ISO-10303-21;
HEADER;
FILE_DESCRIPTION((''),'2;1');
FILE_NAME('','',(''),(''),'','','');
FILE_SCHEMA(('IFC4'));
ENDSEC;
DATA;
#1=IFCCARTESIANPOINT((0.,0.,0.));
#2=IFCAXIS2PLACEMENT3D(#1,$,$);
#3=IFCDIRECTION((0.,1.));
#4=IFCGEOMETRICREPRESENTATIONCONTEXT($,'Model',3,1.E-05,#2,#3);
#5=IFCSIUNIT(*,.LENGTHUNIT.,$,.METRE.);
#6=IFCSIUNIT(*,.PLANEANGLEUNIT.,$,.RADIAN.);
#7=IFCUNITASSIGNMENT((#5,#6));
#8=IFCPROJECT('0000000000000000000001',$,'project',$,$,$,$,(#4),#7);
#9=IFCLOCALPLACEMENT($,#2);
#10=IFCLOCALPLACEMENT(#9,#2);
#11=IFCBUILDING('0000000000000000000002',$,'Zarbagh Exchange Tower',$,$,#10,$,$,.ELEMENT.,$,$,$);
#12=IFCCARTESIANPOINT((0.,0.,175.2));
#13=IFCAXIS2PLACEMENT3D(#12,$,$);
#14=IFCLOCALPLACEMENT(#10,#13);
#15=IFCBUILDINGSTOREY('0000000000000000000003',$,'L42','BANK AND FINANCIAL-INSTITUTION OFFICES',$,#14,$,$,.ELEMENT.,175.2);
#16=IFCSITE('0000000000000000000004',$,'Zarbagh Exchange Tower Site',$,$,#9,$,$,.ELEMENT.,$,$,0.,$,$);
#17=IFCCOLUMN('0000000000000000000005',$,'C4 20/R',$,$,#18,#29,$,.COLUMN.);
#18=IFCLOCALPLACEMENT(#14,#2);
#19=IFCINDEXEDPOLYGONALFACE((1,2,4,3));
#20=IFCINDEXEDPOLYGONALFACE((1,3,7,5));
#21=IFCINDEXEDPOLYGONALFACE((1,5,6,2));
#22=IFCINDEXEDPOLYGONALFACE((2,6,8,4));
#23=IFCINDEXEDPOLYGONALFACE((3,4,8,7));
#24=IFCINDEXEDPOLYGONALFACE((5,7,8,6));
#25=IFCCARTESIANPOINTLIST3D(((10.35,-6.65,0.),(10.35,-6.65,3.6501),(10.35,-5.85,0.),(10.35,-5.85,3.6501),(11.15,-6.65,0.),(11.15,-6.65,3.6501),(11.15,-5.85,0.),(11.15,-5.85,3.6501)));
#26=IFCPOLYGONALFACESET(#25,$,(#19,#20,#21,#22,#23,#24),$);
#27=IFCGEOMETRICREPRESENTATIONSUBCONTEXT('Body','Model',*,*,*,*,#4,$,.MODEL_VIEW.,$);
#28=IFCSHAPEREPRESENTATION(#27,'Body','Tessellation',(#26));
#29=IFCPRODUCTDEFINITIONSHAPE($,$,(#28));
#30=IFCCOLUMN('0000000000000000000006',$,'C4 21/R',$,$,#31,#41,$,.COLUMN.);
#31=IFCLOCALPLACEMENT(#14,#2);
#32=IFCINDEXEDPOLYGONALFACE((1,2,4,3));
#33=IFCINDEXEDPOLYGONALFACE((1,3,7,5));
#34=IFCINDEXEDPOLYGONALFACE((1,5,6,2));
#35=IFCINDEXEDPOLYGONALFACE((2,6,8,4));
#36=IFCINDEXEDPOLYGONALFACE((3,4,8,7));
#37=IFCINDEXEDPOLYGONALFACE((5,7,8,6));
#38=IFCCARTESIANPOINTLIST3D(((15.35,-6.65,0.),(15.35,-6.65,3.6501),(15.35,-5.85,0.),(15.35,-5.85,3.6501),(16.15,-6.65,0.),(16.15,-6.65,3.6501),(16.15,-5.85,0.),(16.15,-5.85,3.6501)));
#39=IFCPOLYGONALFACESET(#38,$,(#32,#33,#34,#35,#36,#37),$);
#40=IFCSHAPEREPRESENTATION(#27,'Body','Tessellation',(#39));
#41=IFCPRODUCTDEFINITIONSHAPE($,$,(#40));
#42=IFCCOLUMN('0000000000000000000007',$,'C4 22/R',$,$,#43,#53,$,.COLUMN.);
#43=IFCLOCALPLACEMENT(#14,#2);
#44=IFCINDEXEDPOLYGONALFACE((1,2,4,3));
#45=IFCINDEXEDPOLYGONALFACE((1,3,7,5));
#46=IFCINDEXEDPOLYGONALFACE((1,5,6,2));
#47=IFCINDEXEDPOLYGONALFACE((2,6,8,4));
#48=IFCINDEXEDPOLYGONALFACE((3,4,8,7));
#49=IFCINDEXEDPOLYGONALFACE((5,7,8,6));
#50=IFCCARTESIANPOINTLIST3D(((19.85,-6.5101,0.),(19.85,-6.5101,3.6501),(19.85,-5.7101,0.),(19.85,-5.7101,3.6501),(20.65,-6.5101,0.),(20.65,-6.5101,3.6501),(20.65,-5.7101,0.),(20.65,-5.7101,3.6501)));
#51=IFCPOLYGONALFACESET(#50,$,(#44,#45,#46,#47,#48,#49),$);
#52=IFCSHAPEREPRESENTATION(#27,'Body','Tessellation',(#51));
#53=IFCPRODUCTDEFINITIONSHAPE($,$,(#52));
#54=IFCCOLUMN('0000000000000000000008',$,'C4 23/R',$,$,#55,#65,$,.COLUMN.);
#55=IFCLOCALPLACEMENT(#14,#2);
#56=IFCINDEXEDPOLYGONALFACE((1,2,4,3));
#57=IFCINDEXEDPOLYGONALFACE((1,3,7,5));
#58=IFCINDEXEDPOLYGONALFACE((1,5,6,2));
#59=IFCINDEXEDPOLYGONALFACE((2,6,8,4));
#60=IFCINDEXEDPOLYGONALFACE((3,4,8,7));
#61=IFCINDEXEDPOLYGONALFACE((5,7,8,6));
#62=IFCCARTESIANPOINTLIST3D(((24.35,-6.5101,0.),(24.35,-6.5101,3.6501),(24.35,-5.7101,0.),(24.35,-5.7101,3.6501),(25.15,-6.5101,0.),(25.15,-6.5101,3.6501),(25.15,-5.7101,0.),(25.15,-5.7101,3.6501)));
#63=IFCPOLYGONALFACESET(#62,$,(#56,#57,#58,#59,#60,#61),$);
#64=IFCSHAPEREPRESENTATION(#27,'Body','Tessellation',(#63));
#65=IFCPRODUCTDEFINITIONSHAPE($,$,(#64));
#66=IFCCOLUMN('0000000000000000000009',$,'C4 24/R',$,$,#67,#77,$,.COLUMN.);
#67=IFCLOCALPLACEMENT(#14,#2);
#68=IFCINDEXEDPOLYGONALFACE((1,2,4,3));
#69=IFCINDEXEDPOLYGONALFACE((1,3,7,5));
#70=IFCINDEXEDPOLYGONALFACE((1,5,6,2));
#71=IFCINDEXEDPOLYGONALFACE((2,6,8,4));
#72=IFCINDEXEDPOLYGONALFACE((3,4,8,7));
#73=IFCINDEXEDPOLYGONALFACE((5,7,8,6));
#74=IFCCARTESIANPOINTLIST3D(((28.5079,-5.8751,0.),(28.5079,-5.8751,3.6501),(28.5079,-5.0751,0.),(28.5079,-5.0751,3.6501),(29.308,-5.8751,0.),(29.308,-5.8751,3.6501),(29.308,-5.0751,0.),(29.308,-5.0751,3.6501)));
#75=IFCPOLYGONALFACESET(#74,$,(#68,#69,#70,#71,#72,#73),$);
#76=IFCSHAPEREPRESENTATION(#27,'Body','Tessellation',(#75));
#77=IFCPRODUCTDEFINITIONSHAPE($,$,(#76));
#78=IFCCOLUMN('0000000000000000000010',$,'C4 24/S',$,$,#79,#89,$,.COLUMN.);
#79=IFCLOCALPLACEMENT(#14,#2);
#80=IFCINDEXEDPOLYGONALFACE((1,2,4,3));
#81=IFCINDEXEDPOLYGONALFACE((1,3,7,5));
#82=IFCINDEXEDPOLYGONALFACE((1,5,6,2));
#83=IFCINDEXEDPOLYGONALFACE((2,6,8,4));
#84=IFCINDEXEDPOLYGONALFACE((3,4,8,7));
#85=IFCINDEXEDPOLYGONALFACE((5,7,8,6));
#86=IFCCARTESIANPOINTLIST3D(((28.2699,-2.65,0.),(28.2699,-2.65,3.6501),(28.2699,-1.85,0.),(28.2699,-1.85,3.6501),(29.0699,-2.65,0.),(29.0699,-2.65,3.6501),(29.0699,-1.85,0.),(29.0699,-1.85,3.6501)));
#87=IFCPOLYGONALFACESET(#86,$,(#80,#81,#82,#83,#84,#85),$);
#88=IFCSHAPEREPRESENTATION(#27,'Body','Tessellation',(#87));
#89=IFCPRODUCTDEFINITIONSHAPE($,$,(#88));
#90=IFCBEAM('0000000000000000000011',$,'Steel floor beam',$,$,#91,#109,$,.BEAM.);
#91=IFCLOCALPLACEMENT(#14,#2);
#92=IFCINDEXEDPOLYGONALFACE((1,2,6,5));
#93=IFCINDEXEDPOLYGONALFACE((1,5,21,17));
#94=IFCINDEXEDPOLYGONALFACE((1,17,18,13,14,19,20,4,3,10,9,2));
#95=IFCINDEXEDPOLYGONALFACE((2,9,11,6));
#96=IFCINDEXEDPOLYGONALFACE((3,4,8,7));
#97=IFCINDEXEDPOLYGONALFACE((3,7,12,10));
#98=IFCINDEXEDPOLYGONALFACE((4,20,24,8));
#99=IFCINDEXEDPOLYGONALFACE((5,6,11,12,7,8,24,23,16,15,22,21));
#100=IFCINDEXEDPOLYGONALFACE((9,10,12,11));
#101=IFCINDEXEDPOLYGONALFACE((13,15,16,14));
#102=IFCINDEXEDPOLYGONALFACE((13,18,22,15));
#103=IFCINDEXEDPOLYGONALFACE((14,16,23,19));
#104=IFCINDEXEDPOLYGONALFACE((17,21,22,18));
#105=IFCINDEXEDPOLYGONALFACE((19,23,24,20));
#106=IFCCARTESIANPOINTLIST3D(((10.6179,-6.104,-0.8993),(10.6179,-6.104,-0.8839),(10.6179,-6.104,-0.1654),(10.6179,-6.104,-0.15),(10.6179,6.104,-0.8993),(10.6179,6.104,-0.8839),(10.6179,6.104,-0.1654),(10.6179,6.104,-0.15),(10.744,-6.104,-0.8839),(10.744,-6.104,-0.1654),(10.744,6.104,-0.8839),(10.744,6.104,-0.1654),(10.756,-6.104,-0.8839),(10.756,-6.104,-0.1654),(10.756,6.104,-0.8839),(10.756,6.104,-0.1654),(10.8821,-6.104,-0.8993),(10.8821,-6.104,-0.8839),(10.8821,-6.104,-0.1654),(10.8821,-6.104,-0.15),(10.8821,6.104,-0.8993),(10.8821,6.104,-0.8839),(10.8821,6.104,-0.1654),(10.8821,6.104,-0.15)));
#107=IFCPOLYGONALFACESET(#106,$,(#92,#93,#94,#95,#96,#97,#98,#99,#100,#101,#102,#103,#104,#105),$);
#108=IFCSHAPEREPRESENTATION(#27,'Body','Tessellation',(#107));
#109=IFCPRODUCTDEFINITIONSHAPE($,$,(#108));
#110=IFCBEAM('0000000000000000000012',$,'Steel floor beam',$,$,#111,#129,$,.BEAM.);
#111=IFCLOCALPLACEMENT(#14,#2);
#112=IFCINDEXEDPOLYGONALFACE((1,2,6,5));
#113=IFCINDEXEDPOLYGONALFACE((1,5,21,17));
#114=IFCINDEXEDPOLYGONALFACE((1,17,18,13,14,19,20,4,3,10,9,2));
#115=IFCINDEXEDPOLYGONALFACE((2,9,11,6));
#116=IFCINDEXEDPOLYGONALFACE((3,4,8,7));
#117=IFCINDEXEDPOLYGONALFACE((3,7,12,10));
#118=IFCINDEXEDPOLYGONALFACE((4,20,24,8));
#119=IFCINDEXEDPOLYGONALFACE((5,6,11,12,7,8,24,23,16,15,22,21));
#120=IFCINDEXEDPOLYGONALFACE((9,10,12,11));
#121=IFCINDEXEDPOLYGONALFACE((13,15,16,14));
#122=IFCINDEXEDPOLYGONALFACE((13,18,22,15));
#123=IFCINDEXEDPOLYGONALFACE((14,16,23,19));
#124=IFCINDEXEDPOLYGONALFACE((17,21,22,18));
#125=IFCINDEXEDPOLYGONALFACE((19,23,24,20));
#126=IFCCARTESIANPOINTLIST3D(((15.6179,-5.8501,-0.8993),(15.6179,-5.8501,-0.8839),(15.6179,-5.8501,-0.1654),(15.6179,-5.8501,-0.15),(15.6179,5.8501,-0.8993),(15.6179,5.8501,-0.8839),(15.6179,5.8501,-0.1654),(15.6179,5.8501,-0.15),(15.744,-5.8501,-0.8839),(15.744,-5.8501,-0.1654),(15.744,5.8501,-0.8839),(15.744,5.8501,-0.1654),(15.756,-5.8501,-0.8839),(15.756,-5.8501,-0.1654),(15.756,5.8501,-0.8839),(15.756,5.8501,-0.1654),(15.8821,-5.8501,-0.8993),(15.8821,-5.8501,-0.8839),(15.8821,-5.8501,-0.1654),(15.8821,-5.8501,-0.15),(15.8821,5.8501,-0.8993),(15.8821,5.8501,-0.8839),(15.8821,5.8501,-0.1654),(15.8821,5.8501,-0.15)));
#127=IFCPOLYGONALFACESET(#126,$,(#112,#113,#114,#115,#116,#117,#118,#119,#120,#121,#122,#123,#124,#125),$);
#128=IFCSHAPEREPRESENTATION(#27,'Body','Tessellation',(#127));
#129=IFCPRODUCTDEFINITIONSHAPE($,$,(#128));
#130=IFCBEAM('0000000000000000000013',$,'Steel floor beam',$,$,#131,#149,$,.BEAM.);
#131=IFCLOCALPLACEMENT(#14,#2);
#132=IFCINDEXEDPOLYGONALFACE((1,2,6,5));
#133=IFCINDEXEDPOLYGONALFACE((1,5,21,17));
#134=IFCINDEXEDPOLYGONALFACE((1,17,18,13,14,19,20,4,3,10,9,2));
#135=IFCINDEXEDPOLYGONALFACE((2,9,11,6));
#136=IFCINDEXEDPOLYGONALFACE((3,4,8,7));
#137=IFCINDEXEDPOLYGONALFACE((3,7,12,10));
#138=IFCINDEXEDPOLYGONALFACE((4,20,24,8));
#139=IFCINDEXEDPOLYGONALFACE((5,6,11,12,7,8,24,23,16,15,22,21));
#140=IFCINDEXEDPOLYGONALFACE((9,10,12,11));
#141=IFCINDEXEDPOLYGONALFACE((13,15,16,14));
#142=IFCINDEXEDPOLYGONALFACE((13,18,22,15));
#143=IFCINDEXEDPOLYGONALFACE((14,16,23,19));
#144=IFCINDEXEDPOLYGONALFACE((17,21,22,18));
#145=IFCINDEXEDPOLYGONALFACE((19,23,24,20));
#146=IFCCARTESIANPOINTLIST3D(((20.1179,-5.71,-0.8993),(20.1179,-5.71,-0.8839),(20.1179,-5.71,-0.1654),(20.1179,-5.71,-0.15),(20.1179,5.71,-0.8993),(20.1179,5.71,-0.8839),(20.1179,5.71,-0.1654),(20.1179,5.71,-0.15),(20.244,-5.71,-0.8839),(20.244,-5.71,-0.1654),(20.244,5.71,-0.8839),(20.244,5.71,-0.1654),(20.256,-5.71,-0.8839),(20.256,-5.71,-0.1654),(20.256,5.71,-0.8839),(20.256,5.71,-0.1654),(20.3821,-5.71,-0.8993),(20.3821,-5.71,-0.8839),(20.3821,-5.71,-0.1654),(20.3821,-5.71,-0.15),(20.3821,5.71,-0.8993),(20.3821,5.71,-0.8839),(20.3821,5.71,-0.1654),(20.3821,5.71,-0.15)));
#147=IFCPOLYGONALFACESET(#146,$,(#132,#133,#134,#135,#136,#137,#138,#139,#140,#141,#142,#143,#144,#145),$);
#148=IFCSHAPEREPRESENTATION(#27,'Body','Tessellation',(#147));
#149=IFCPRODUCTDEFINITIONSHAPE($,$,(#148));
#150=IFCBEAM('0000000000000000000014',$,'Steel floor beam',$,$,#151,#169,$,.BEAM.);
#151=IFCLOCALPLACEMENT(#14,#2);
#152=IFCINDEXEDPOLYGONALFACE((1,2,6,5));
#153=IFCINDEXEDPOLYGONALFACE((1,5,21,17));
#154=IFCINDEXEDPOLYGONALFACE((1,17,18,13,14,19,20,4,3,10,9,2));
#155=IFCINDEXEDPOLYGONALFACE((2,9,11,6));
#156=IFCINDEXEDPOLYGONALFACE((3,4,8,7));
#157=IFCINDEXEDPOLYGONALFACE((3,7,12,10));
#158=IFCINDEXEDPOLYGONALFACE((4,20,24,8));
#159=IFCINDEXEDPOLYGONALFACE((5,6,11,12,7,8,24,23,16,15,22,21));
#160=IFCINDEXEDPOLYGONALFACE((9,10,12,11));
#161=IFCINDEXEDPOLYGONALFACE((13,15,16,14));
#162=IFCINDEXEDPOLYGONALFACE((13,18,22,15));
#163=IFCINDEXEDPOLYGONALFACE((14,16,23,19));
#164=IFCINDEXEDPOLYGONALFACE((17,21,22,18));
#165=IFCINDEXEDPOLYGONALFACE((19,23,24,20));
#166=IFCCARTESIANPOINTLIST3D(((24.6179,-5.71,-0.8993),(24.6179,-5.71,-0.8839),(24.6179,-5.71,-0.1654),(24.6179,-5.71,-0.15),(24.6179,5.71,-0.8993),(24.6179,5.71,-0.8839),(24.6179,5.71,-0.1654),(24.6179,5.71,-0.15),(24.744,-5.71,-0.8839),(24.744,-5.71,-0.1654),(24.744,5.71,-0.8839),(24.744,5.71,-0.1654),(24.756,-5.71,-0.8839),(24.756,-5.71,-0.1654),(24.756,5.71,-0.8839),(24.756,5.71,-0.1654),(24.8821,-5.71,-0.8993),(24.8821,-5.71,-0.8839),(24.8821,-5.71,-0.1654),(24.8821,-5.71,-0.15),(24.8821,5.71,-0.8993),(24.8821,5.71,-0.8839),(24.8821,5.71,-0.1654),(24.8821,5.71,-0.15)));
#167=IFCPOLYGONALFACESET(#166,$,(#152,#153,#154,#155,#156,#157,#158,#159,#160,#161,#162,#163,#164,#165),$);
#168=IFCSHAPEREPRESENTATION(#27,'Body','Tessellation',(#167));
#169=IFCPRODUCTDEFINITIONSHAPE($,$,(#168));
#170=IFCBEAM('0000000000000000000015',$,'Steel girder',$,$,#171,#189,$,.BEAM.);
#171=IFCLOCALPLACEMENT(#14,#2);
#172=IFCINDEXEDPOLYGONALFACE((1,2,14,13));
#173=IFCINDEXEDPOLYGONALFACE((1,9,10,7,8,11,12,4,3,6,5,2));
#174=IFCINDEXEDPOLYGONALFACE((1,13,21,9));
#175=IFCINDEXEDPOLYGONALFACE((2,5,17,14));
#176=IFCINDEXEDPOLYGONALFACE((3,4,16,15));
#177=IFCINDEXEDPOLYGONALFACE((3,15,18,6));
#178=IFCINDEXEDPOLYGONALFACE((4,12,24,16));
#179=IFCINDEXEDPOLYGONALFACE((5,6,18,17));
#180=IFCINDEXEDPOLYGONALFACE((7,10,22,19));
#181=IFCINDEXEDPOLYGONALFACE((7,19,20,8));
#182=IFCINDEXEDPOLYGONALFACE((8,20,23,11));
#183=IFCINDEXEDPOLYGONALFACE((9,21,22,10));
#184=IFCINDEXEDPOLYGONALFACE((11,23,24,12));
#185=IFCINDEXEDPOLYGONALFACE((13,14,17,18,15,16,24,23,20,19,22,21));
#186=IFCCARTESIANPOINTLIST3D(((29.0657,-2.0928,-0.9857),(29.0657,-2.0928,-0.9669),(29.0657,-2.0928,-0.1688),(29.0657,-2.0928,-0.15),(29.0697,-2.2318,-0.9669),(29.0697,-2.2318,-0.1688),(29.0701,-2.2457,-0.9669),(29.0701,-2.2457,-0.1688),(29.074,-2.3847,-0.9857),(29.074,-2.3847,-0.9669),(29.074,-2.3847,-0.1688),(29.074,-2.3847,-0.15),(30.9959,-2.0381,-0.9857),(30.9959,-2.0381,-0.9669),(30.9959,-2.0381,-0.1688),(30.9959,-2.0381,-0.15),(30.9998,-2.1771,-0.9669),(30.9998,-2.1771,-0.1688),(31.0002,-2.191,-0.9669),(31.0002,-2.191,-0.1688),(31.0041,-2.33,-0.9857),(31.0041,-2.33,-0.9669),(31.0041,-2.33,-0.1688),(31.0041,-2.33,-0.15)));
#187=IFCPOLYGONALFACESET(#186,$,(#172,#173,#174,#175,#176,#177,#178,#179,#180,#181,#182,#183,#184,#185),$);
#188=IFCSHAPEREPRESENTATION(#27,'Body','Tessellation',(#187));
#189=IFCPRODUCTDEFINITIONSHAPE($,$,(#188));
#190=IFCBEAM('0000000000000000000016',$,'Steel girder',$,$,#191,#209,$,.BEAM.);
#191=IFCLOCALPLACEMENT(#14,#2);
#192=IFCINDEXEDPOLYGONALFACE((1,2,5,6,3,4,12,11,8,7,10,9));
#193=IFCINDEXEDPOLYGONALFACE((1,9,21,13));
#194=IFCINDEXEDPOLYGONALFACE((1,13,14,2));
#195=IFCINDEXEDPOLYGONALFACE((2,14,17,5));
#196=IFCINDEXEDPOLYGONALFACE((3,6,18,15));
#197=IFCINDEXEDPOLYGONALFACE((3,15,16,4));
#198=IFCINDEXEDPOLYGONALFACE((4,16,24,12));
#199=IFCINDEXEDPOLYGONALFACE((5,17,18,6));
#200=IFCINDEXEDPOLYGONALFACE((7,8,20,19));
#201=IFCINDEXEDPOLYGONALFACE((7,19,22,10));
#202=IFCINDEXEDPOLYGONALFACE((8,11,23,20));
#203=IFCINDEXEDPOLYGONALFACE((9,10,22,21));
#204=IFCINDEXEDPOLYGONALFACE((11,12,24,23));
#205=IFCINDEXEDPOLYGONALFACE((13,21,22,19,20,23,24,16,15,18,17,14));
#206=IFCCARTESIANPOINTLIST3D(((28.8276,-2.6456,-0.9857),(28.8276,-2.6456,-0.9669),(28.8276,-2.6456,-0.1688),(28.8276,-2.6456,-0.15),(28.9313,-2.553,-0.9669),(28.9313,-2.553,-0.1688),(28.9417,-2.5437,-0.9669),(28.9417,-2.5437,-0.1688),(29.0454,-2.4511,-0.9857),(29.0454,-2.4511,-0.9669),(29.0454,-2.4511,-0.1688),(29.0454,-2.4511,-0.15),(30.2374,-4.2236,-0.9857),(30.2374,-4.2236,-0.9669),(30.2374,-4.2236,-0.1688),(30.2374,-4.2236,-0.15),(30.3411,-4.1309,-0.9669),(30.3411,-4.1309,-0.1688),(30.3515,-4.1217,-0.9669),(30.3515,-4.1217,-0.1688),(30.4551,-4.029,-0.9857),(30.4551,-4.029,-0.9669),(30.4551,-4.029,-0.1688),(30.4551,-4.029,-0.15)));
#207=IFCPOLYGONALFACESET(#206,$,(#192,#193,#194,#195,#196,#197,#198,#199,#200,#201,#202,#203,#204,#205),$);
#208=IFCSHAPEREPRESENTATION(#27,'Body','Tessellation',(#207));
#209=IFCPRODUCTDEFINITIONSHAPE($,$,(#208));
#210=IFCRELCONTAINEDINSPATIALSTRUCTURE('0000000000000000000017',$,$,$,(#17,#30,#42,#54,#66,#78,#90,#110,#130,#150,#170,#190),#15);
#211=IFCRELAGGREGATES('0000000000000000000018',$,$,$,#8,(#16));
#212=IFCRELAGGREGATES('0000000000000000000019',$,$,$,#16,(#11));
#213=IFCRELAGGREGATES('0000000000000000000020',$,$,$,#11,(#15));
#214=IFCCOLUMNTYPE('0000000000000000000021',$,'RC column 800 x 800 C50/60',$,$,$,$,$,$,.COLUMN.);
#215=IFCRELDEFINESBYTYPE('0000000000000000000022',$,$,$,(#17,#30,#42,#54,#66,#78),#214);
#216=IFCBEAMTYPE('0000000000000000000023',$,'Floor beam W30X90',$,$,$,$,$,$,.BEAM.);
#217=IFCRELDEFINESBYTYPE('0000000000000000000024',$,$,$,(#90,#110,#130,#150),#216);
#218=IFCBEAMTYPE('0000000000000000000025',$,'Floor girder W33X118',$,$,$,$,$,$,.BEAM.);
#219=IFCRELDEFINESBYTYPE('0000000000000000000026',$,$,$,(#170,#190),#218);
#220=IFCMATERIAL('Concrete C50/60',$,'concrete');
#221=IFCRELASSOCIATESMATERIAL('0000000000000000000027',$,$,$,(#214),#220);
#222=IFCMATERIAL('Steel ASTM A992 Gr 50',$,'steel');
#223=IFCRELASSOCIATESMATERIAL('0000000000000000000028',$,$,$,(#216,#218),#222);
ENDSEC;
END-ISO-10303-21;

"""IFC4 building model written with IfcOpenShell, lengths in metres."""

from ifc_helpers import new_model, si_unit, direction, frame, origin, origin_2d, place, context, subcontext, project, spatial, rectangle, i_section, extrude, material, material_profile, profile_set, type_object, element, save


model = new_model("IFC4")

# Units and contexts
model_context = context("Model", 3, precision=1e-05, world=origin(), true_north=direction((0.0, 1.0)))
body_context = subcontext(model_context, "Body", "Model", "MODEL_VIEW")
ifc_project = project(units=[si_unit("LENGTHUNIT", "METRE"), si_unit("PLANEANGLEUNIT", "RADIAN")], contexts=[model_context])

# Site, building, storey
site_placement = place(None, origin())
site = spatial("IfcSite", under=ifc_project, at=site_placement, Name="Zarbagh Exchange Tower Site", CompositionType="ELEMENT", RefElevation=0.0)
building_placement = place(site_placement, origin())
building = spatial("IfcBuilding", under=site, at=building_placement, Name="Zarbagh Exchange Tower", CompositionType="ELEMENT")
storey_placement = place(building_placement, frame((0.0, 0.0, 175.2)))
storey = spatial("IfcBuildingStorey", under=building, at=storey_placement, Name="L42", Description="BANK AND FINANCIAL-INSTITUTION OFFICES", CompositionType="ELEMENT", Elevation=175.2)

# Columns
ifc_material_1 = material(Name="Concrete C50/60", Category="concrete")
ifc_material_profile_1 = material_profile(ifc_material_1, rectangle(XDim=0.8, YDim=0.8, at=origin_2d()), Name="RC column 800 x 800 C50/60")
ifc_profile_set_1 = profile_set([ifc_material_profile_1], Name="Concrete C50/60")
column_type = type_object("IfcColumnType", Name="RC column 800 x 800 C50/60", PredefinedType="COLUMN", material=ifc_profile_set_1)
for number, where, z_axis, x_axis, name in (
    (1, (10.75, -6.25, 0.0), (0.0, 0.0, 1.0), (1.0, 0.0, 0.0), "C4 20/R"),
    (2, (15.75, -6.25, 0.0), (0.0, 0.0, 1.0), (1.0, 0.0, 0.0), "C4 21/R"),
    (3, (20.25, -6.1101, 0.0), (0.0, 0.0, 1.0), (1.0, 0.0, 0.0), "C4 22/R"),
    (4, (24.75, -6.1101, 0.0), (0.0, 0.0, 1.0), (1.0, 0.0, 0.0), "C4 23/R"),
    (5, (28.908, -5.4751, 0.0), (0.0, 0.0, 1.0), (1.0, 0.0, 0.0), "C4 24/R"),
    (6, (28.6699, -2.25, 0.0), (0.0, 0.0, 1.0), (1.0, 0.0, 0.0), "C4 24/S"),
):
    element("IfcColumn", number, at=place(storey_placement, frame(where, z_axis=z_axis, x_axis=x_axis)), inside=storey, type_object=column_type, Name=name, PredefinedType="COLUMN", context=body_context, shape_type="SweptSolid", body=[
        extrude(rectangle(XDim=0.8, YDim=0.8, at=origin_2d()), origin(), (0.0, 0.0, 1.0), 3.6501),
    ])

# Beams
ifc_material_2 = material(Name="Steel ASTM A992 Gr 50", Category="steel")
ifc_material_profile_2 = material_profile(ifc_material_2, i_section(OverallWidth=0.2642, OverallDepth=0.7493, WebThickness=0.012, FlangeThickness=0.0154, at=origin_2d()), Name="W30X90")
ifc_profile_set_2 = profile_set([ifc_material_profile_2], Name="Steel ASTM A992 Gr 50")
beam_type_1 = type_object("IfcBeamType", Name="Floor beam W30X90", PredefinedType="BEAM", material=ifc_profile_set_2)
beam_1_placement = place(storey_placement, frame((10.75, -6.104, -0.5247), z_axis=(0.0, 1.0, 0.0), x_axis=(-1.0, 0.0, 0.0)))
element("IfcBeam", 7, at=beam_1_placement, inside=storey, type_object=beam_type_1, Name="Steel floor beam", PredefinedType="BEAM", context=body_context, shape_type="SweptSolid", body=[
    extrude(i_section(OverallWidth=0.2642, OverallDepth=0.7493, WebThickness=0.012, FlangeThickness=0.0154, at=origin_2d()), origin(), (0.0, 0.0, 1.0), 12.208),
])
beam_2_placement = place(storey_placement, frame((15.75, -5.8501, -0.5247), z_axis=(0.0, 1.0, 0.0), x_axis=(-1.0, 0.0, 0.0)))
element("IfcBeam", 8, at=beam_2_placement, inside=storey, type_object=beam_type_1, Name="Steel floor beam", PredefinedType="BEAM", context=body_context, shape_type="SweptSolid", body=[
    extrude(i_section(OverallWidth=0.2642, OverallDepth=0.7493, WebThickness=0.012, FlangeThickness=0.0154, at=origin_2d()), origin(), (0.0, 0.0, 1.0), 11.7002),
])
for number, where, z_axis, x_axis, name in (
    (9, (20.25, -5.71, -0.5247), (0.0, 1.0, 0.0), (-1.0, 0.0, 0.0), "Steel floor beam"),
    (10, (24.75, -5.71, -0.5247), (0.0, 1.0, 0.0), (-1.0, 0.0, 0.0), "Steel floor beam"),
):
    element("IfcBeam", number, at=place(storey_placement, frame(where, z_axis=z_axis, x_axis=x_axis)), inside=storey, type_object=beam_type_1, Name=name, PredefinedType="BEAM", context=body_context, shape_type="SweptSolid", body=[
        extrude(i_section(OverallWidth=0.2642, OverallDepth=0.7493, WebThickness=0.012, FlangeThickness=0.0154, at=origin_2d()), origin(), (0.0, 0.0, 1.0), 11.4199),
    ])
ifc_material_profile_3 = material_profile(ifc_material_2, i_section(OverallWidth=0.292, OverallDepth=0.8357, WebThickness=0.0139, FlangeThickness=0.0188, at=origin_2d()), Name="W33X118")
ifc_profile_set_3 = profile_set([ifc_material_profile_3], Name="Steel ASTM A992 Gr 50")
beam_type_2 = type_object("IfcBeamType", Name="Floor girder W33X118", PredefinedType="BEAM", material=ifc_profile_set_3)
beam_3_placement = place(storey_placement, frame((31.0, -2.1841, -0.5679), z_axis=(-0.999599, -0.028322, 0.0), x_axis=(0.028322, -0.999599, 0.0)))
element("IfcBeam", 11, at=beam_3_placement, inside=storey, type_object=beam_type_2, Name="Steel girder", PredefinedType="BEAM", context=body_context, shape_type="SweptSolid", body=[
    extrude(i_section(OverallWidth=0.292, OverallDepth=0.8357, WebThickness=0.0139, FlangeThickness=0.0188, at=origin_2d()), origin(), (0.0, 0.0, 1.0), 1.9309),
])
beam_4_placement = place(storey_placement, frame((28.9365, -2.5483, -0.5679), z_axis=(0.666238, -0.745739, 0.0), x_axis=(0.745739, 0.666238, 0.0)))
element("IfcBeam", 12, at=beam_4_placement, inside=storey, type_object=beam_type_2, Name="Steel girder", PredefinedType="BEAM", context=body_context, shape_type="SweptSolid", body=[
    extrude(i_section(OverallWidth=0.292, OverallDepth=0.8357, WebThickness=0.0139, FlangeThickness=0.0188, at=origin_2d()), origin(), (0.0, 0.0, 1.0), 2.116),
])

save(model, "model.ifc")
